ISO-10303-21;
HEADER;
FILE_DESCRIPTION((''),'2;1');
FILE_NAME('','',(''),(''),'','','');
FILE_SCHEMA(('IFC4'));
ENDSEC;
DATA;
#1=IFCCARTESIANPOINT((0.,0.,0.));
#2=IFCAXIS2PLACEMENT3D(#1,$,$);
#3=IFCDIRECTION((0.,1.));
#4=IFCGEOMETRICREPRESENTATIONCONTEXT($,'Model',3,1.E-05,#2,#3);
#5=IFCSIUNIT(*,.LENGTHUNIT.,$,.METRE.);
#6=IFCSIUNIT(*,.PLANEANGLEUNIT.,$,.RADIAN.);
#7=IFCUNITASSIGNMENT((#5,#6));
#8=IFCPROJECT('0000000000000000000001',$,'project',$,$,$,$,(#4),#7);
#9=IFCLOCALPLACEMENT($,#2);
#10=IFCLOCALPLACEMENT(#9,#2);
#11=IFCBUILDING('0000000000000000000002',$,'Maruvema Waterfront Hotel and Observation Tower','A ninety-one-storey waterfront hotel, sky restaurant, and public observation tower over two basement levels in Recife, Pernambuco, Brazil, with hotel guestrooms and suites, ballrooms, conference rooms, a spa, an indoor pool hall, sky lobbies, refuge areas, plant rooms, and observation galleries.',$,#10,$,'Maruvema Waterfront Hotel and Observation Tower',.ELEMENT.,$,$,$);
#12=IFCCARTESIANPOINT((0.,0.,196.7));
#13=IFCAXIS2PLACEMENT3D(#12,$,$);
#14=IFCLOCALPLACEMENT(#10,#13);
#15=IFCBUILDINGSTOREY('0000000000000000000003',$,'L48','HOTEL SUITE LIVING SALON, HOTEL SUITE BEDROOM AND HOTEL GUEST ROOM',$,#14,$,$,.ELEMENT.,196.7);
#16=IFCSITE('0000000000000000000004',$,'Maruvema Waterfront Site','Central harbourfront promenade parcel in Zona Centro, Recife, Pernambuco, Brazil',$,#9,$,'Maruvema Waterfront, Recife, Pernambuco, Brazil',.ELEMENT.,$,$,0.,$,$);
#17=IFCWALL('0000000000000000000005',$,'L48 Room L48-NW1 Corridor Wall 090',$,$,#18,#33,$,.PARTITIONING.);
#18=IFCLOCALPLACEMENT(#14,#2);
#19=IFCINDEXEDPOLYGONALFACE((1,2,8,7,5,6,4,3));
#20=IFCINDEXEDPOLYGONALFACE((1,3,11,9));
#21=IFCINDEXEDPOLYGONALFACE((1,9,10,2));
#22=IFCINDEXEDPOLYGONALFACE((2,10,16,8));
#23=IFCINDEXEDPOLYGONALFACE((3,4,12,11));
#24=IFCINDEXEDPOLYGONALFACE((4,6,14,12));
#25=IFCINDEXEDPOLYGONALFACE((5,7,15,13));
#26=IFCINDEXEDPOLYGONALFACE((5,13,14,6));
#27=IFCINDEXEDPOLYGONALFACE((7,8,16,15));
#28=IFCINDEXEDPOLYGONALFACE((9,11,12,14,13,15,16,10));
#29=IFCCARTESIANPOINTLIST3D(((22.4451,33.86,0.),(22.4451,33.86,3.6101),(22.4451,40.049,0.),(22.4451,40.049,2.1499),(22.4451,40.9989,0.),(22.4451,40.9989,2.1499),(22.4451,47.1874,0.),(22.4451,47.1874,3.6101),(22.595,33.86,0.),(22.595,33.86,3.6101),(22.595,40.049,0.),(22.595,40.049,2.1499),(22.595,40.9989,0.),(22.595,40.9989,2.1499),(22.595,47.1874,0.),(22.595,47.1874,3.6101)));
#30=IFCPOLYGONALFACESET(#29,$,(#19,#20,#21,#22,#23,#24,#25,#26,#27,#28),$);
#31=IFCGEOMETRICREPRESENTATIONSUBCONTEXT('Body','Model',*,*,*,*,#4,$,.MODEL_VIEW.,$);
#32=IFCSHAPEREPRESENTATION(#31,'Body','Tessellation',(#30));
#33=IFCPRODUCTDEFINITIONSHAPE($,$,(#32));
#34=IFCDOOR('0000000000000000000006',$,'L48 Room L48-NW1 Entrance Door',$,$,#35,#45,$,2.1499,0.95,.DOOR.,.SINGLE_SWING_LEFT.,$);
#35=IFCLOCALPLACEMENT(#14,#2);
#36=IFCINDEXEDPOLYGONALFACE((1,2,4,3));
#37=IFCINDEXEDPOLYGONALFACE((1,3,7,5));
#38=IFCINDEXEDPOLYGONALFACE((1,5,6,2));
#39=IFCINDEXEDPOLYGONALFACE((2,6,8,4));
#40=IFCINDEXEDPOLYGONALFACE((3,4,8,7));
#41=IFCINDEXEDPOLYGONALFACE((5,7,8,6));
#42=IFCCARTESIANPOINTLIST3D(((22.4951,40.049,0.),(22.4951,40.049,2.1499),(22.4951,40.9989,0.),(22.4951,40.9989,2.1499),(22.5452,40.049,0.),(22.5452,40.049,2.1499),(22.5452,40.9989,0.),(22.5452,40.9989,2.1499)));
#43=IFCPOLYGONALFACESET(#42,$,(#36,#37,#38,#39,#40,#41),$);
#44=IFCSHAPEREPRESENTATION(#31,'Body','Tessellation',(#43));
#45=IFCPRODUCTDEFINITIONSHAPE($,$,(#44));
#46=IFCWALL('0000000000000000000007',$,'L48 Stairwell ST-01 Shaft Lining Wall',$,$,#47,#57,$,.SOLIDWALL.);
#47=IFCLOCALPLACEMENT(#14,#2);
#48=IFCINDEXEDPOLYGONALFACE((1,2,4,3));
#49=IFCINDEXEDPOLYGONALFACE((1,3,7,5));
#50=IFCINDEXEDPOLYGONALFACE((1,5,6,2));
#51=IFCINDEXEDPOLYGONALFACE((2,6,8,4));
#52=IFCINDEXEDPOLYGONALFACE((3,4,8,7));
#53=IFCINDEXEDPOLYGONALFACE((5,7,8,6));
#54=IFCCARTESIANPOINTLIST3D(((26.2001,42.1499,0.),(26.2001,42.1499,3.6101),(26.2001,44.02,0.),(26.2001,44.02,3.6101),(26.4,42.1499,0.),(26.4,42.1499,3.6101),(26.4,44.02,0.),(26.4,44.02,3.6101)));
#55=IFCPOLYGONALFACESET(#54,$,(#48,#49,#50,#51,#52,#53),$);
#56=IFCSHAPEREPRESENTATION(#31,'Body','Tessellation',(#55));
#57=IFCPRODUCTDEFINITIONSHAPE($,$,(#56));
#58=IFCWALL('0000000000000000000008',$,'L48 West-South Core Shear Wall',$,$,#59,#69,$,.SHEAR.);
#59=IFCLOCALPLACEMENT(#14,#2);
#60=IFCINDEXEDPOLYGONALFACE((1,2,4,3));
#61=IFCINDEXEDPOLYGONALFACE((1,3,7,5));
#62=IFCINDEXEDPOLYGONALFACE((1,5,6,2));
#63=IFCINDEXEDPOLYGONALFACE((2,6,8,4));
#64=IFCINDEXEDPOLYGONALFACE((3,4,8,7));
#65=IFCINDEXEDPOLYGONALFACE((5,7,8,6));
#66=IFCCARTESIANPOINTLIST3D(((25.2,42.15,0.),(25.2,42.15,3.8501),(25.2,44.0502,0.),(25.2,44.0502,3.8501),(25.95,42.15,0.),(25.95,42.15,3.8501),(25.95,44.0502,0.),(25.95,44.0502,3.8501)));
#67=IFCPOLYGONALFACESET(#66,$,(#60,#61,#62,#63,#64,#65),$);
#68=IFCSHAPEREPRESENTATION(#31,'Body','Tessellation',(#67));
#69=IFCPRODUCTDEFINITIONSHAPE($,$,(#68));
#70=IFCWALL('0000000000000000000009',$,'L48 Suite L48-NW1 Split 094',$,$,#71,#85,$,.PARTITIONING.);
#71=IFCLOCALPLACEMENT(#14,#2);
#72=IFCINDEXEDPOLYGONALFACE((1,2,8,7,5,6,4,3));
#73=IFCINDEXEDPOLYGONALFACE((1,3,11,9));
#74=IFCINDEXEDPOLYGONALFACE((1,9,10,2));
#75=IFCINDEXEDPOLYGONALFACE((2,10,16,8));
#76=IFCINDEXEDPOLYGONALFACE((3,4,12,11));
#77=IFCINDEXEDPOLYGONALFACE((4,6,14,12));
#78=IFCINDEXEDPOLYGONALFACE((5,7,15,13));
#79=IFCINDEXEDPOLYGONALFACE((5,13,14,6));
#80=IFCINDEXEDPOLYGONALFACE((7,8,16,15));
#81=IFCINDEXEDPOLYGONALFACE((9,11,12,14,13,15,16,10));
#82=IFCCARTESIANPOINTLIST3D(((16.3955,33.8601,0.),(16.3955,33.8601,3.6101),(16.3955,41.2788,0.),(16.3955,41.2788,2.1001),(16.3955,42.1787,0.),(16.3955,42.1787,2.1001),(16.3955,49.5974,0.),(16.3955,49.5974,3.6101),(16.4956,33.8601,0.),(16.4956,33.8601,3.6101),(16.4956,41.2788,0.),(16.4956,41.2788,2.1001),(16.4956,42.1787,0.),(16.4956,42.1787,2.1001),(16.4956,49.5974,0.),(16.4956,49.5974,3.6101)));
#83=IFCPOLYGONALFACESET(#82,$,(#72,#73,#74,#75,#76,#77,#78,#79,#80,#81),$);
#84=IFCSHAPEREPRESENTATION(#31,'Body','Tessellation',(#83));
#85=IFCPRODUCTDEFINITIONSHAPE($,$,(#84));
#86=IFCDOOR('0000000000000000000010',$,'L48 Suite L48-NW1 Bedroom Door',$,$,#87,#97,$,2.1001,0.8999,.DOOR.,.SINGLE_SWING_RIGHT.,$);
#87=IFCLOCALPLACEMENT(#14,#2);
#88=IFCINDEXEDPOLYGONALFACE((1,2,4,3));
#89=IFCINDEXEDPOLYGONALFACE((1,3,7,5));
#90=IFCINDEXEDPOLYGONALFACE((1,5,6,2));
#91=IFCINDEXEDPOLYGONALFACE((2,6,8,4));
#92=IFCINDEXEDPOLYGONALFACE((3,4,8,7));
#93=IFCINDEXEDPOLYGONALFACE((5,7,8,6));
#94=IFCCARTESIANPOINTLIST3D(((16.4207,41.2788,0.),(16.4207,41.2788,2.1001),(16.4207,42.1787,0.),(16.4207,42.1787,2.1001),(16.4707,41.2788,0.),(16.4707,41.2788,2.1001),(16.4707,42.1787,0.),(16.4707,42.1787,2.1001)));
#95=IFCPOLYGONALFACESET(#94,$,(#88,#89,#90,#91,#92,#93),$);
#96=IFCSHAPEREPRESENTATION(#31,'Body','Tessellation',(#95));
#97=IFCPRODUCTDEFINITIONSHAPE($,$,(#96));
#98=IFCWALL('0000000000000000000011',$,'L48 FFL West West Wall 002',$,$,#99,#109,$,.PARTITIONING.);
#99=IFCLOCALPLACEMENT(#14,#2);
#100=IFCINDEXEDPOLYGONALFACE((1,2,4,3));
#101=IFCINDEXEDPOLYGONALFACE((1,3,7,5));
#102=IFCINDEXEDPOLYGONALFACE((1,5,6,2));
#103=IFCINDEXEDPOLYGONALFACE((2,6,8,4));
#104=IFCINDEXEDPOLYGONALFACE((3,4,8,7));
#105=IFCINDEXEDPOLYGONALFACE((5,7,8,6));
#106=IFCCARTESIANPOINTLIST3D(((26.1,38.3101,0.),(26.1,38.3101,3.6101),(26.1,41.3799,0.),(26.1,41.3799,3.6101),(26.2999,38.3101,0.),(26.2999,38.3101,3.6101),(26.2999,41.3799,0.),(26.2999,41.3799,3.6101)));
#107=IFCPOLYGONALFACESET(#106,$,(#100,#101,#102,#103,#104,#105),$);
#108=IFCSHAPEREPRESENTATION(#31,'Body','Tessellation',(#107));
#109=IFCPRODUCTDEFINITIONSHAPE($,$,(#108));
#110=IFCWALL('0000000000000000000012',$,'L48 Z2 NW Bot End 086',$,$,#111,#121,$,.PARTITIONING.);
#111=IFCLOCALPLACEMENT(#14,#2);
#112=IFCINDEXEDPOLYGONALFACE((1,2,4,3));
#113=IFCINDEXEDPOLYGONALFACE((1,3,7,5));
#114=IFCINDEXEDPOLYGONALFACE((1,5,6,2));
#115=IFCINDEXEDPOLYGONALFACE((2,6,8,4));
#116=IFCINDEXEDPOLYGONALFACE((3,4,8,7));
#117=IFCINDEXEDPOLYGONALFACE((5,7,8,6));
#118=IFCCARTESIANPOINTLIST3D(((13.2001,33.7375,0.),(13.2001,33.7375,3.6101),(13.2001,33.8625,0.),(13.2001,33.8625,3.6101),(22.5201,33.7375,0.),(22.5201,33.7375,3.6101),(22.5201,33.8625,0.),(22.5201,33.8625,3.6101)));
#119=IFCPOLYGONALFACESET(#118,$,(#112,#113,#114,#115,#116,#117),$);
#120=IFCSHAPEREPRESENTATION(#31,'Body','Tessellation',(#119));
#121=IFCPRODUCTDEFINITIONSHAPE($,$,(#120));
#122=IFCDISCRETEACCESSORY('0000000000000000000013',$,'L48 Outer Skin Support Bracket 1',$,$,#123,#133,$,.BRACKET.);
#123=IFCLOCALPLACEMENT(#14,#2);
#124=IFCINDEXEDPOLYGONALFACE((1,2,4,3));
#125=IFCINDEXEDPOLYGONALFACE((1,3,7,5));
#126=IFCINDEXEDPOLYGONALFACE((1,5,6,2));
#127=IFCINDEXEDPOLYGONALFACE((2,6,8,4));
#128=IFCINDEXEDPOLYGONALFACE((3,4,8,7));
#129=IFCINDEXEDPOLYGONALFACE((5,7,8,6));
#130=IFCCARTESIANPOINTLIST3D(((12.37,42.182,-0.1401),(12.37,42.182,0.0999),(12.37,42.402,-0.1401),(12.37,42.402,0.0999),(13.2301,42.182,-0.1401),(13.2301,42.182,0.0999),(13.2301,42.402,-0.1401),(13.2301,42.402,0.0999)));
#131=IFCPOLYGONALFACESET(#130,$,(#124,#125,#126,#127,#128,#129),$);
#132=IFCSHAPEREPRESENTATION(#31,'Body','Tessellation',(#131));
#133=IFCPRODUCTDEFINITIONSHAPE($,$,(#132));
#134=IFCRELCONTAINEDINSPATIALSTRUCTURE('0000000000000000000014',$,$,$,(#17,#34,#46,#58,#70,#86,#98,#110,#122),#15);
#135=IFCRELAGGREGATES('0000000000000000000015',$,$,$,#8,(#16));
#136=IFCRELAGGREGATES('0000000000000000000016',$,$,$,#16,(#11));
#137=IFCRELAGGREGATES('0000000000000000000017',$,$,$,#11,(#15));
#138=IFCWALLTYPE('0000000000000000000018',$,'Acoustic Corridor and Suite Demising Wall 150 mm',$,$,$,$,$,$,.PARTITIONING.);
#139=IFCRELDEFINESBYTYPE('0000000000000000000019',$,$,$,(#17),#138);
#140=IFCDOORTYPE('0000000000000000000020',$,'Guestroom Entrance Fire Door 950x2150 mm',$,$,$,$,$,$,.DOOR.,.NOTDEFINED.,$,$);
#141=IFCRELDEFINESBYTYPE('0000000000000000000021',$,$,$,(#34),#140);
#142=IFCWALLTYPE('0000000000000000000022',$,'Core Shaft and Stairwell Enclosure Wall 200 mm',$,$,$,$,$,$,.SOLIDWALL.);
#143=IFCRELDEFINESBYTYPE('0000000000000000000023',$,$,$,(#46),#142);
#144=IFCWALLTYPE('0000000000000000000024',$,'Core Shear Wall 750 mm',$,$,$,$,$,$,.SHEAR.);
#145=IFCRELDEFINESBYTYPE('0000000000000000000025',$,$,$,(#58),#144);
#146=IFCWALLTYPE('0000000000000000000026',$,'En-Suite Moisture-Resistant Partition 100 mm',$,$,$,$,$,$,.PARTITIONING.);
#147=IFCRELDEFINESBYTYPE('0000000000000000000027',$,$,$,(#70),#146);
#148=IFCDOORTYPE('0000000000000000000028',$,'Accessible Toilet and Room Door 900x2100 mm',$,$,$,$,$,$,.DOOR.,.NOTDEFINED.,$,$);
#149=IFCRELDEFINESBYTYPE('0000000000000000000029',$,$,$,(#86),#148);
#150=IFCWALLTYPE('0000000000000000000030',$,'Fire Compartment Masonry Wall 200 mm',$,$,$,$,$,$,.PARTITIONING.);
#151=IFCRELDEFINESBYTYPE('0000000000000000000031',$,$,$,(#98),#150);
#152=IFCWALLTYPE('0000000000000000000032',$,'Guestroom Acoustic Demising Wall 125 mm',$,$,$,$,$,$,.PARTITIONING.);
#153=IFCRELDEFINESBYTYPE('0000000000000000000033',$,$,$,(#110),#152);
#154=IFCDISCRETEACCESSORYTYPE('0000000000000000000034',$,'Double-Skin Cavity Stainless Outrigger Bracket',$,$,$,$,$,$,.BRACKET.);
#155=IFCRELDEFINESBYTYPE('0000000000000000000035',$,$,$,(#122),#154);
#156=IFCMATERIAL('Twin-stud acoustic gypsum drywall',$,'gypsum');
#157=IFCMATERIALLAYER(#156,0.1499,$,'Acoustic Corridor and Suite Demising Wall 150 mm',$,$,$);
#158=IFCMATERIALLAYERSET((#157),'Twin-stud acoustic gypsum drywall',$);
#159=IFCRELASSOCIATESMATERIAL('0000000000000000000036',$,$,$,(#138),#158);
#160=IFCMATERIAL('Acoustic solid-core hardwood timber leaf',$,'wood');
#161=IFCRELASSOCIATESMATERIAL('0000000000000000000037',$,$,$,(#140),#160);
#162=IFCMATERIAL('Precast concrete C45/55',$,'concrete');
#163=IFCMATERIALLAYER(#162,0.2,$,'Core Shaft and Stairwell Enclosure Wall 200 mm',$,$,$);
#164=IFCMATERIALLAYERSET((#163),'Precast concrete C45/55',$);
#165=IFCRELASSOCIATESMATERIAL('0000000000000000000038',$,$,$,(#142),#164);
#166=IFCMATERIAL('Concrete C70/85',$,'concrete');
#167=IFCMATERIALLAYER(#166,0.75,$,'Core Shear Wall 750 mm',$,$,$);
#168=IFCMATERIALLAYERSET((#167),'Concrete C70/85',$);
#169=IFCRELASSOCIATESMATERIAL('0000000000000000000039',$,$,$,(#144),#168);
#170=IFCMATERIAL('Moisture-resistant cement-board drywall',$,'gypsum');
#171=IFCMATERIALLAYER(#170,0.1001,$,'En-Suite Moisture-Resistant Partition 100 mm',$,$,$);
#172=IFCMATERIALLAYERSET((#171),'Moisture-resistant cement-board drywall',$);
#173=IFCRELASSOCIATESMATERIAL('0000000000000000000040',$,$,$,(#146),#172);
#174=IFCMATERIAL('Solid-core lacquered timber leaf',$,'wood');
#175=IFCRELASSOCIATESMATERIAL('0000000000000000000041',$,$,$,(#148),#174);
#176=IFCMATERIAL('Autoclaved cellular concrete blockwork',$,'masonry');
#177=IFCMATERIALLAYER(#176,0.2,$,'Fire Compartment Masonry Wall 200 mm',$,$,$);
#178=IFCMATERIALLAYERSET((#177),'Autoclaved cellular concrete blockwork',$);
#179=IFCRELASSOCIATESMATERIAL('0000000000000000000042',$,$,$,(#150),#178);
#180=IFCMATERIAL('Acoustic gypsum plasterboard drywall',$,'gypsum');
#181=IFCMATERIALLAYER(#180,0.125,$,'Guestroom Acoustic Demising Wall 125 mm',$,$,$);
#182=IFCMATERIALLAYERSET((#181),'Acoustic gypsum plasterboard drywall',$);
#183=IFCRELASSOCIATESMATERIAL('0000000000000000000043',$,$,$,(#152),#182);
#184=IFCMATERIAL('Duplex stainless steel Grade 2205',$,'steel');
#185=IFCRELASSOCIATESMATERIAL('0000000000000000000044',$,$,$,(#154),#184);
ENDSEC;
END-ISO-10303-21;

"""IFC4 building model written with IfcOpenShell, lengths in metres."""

from ifc_helpers import new_model, si_unit, direction, frame, frame_2d, origin, origin_2d, place, context, subcontext, project, spatial, rectangle, extrude, material, layer, layer_set, type_object, element, fill, save


model = new_model("IFC4")

# Units and contexts
model_context = context("Model", 3, precision=1e-05, world=origin(), true_north=direction((0.0, 1.0)))
body_context = subcontext(model_context, "Body", "Model", "MODEL_VIEW")
ifc_project = project(units=[si_unit("LENGTHUNIT", "METRE"), si_unit("PLANEANGLEUNIT", "RADIAN")], contexts=[model_context])

# Site, building, storey
site_placement = place(None, origin())
site = spatial("IfcSite", under=ifc_project, at=site_placement, Name="Maruvema Waterfront Site", Description="Central harbourfront promenade parcel in Zona Centro, Recife, Pernambuco, Brazil", LongName="Maruvema Waterfront, Recife, Pernambuco, Brazil", CompositionType="ELEMENT", RefElevation=0.0)
building_placement = place(site_placement, origin())
building = spatial("IfcBuilding", under=site, at=building_placement, Name="Maruvema Waterfront Hotel and Observation Tower", Description="A ninety-one-storey waterfront hotel, sky restaurant, and public observation tower over two basement levels in Recife, Pernambuco, Brazil, with hotel guestrooms and suites, ballrooms, conference rooms, a spa, an indoor pool hall, sky lobbies, refuge areas, plant rooms, and observation galleries.", LongName="Maruvema Waterfront Hotel and Observation Tower", CompositionType="ELEMENT")
storey_placement = place(building_placement, frame((0.0, 0.0, 196.7)))
storey = spatial("IfcBuildingStorey", under=building, at=storey_placement, Name="L48", Description="HOTEL SUITE LIVING SALON, HOTEL SUITE BEDROOM AND HOTEL GUEST ROOM", CompositionType="ELEMENT", Elevation=196.7)

# Wall, opening, door
ifc_material_1 = material(Name="Twin-stud acoustic gypsum drywall", Category="gypsum")
ifc_layer_1 = layer(ifc_material_1, 0.1499, Name="Acoustic Corridor and Suite Demising Wall 150 mm")
ifc_layer_set_1 = layer_set([ifc_layer_1], Name="Twin-stud acoustic gypsum drywall")
wall_type_1 = type_object("IfcWallType", Name="Acoustic Corridor and Suite Demising Wall 150 mm", PredefinedType="PARTITIONING", material=ifc_layer_set_1)
wall_1_placement = place(storey_placement, frame((22.52, 33.8601, 0.0), z_axis=(0.0, 0.0, 1.0), x_axis=(0.0, 1.0, 0.0)))
wall_1 = element("IfcWall", 1, at=wall_1_placement, inside=storey, type_object=wall_type_1, Name="L48 Room L48-NW1 Corridor Wall 090", PredefinedType="PARTITIONING", context=body_context, shape_type="SweptSolid", body=[
    extrude(rectangle(XDim=13.3274, YDim=0.1499, at=frame_2d((6.6636, 0.0))), origin(), (0.0, 0.0, 1.0), 3.6101),
])
opening_1_placement = place(wall_1_placement, frame((6.1887, 0.0, 0.0)))
opening_1 = element("IfcOpeningElement", 2, at=opening_1_placement, cuts=wall_1, PredefinedType="OPENING", context=body_context, shape_type="SweptSolid", body=[
    extrude(rectangle(XDim=0.95, YDim=2.1499, at=frame_2d((0.4751, 1.075))), frame((0.0, 0.085, 0.0), z_axis=(0.0, -1.0, 0.0), x_axis=(1.0, 0.0, 0.0)), (0.0, 0.0, 1.0), 0.1699),
])
ifc_material_2 = material(Name="Acoustic solid-core hardwood timber leaf", Category="wood")
door_type_1 = type_object("IfcDoorType", Name="Guestroom Entrance Fire Door 950x2150 mm", OperationType="NOTDEFINED", PredefinedType="DOOR", material=ifc_material_2)
door_1_placement = place(opening_1_placement, origin())
door_1 = element("IfcDoor", 3, at=door_1_placement, inside=storey, type_object=door_type_1, Name="L48 Room L48-NW1 Entrance Door", OperationType="SINGLE_SWING_LEFT", OverallHeight=2.1499, OverallWidth=0.95, PredefinedType="DOOR", context=body_context, shape_type="SweptSolid", body=[
    extrude(rectangle(XDim=0.95, YDim=2.1499, at=frame_2d((0.4751, 1.075))), frame((0.0, 0.0249, 0.0), z_axis=(0.0, -1.0, 0.0), x_axis=(1.0, 0.0, 0.0)), (0.0, 0.0, 1.0), 0.05),
])
fill(opening_1, door_1)

# Wall
ifc_material_3 = material(Name="Precast concrete C45/55", Category="concrete")
ifc_layer_2 = layer(ifc_material_3, 0.2, Name="Core Shaft and Stairwell Enclosure Wall 200 mm")
ifc_layer_set_2 = layer_set([ifc_layer_2], Name="Precast concrete C45/55")
wall_type_2 = type_object("IfcWallType", Name="Core Shaft and Stairwell Enclosure Wall 200 mm", PredefinedType="SOLIDWALL", material=ifc_layer_set_2)
wall_2_placement = place(storey_placement, frame((26.3, 42.1499, 0.0), z_axis=(0.0, 0.0, 1.0), x_axis=(0.0, 1.0, 0.0)))
element("IfcWall", 4, at=wall_2_placement, inside=storey, type_object=wall_type_2, Name="L48 Stairwell ST-01 Shaft Lining Wall", PredefinedType="SOLIDWALL", context=body_context, shape_type="SweptSolid", body=[
    extrude(rectangle(XDim=1.8701, YDim=0.2, at=frame_2d((0.9351, 0.0))), origin(), (0.0, 0.0, 1.0), 3.6101),
])

# Shared definitions
ifc_material_4 = material(Name="Concrete C70/85", Category="concrete")
ifc_layer_3 = layer(ifc_material_4, 0.75, Name="Core Shear Wall 750 mm")
ifc_layer_set_3 = layer_set([ifc_layer_3], Name="Concrete C70/85")
wall_type_3 = type_object("IfcWallType", Name="Core Shear Wall 750 mm", PredefinedType="SHEAR", material=ifc_layer_set_3)

# Wall
wall_3_placement = place(storey_placement, frame((25.575, 42.1499, 0.0), z_axis=(0.0, 0.0, 1.0), x_axis=(0.0, 1.0, 0.0)))
element("IfcWall", 5, at=wall_3_placement, inside=storey, type_object=wall_type_3, Name="L48 West-South Core Shear Wall", PredefinedType="SHEAR", context=body_context, shape_type="SweptSolid", body=[
    extrude(rectangle(XDim=1.9001, YDim=0.75, at=frame_2d((0.9502, 0.0))), origin(), (0.0, 0.0, 1.0), 3.8501),
])

# Wall, opening, door
ifc_material_5 = material(Name="Moisture-resistant cement-board drywall", Category="gypsum")
ifc_layer_4 = layer(ifc_material_5, 0.1001, Name="En-Suite Moisture-Resistant Partition 100 mm")
ifc_layer_set_4 = layer_set([ifc_layer_4], Name="Moisture-resistant cement-board drywall")
wall_type_4 = type_object("IfcWallType", Name="En-Suite Moisture-Resistant Partition 100 mm", PredefinedType="PARTITIONING", material=ifc_layer_set_4)
wall_4_placement = place(storey_placement, frame((16.4456, 33.8601, 0.0), z_axis=(0.0, 0.0, 1.0), x_axis=(0.0, 1.0, 0.0)))
wall_4 = element("IfcWall", 6, at=wall_4_placement, inside=storey, type_object=wall_type_4, Name="L48 Suite L48-NW1 Split 094", PredefinedType="PARTITIONING", context=body_context, shape_type="SweptSolid", body=[
    extrude(rectangle(XDim=15.7373, YDim=0.1001, at=frame_2d((7.8687, 0.0))), origin(), (0.0, 0.0, 1.0), 3.6101),
])
opening_2_placement = place(wall_4_placement, frame((7.4187, 0.0, 0.0)))
opening_2 = element("IfcOpeningElement", 7, at=opening_2_placement, cuts=wall_4, PredefinedType="OPENING", context=body_context, shape_type="SweptSolid", body=[
    extrude(rectangle(XDim=0.8999, YDim=2.1001, at=frame_2d((0.45, 1.05))), frame((0.0, 0.0601, 0.0), z_axis=(0.0, -1.0, 0.0), x_axis=(1.0, 0.0, 0.0)), (0.0, 0.0, 1.0), 0.1201),
])
ifc_material_6 = material(Name="Solid-core lacquered timber leaf", Category="wood")
door_type_2 = type_object("IfcDoorType", Name="Accessible Toilet and Room Door 900x2100 mm", OperationType="NOTDEFINED", PredefinedType="DOOR", material=ifc_material_6)
door_2_placement = place(opening_2_placement, origin())
door_2 = element("IfcDoor", 8, at=door_2_placement, inside=storey, type_object=door_type_2, Name="L48 Suite L48-NW1 Bedroom Door", OperationType="SINGLE_SWING_RIGHT", OverallHeight=2.1001, OverallWidth=0.8999, PredefinedType="DOOR", context=body_context, shape_type="SweptSolid", body=[
    extrude(rectangle(XDim=0.8999, YDim=2.1001, at=frame_2d((0.45, 1.05))), frame((0.0, 0.0249, 0.0), z_axis=(0.0, -1.0, 0.0), x_axis=(1.0, 0.0, 0.0)), (0.0, 0.0, 1.0), 0.05),
])
fill(opening_2, door_2)
ifc_material_7 = material(Name="Autoclaved cellular concrete blockwork", Category="masonry")
ifc_layer_5 = layer(ifc_material_7, 0.2, Name="Fire Compartment Masonry Wall 200 mm")
ifc_layer_set_5 = layer_set([ifc_layer_5], Name="Autoclaved cellular concrete blockwork")
wall_type_5 = type_object("IfcWallType", Name="Fire Compartment Masonry Wall 200 mm", PredefinedType="PARTITIONING", material=ifc_layer_set_5)

# Walls
wall_5_placement = place(storey_placement, frame((26.2, 38.3101, 0.0), z_axis=(0.0, 0.0, 1.0), x_axis=(0.0, 1.0, 0.0)))
element("IfcWall", 9, at=wall_5_placement, inside=storey, type_object=wall_type_5, Name="L48 FFL West West Wall 002", PredefinedType="PARTITIONING", context=body_context, shape_type="SweptSolid", body=[
    extrude(rectangle(XDim=3.0698, YDim=0.2, at=frame_2d((1.5349, 0.0))), origin(), (0.0, 0.0, 1.0), 3.6101),
])
ifc_material_8 = material(Name="Acoustic gypsum plasterboard drywall", Category="gypsum")
ifc_layer_6 = layer(ifc_material_8, 0.125, Name="Guestroom Acoustic Demising Wall 125 mm")
ifc_layer_set_6 = layer_set([ifc_layer_6], Name="Acoustic gypsum plasterboard drywall")
wall_type_6 = type_object("IfcWallType", Name="Guestroom Acoustic Demising Wall 125 mm", PredefinedType="PARTITIONING", material=ifc_layer_set_6)
wall_6_placement = place(storey_placement, frame((13.2, 33.8, 0.0), z_axis=(0.0, 0.0, 1.0), x_axis=(1.0, 0.0, 0.0)))
element("IfcWall", 10, at=wall_6_placement, inside=storey, type_object=wall_type_6, Name="L48 Z2 NW Bot End 086", PredefinedType="PARTITIONING", context=body_context, shape_type="SweptSolid", body=[
    extrude(rectangle(XDim=9.3201, YDim=0.125, at=frame_2d((4.6602, 0.0))), origin(), (0.0, 0.0, 1.0), 3.6101),
])

# Discrete accessory
ifc_material_9 = material(Name="Duplex stainless steel Grade 2205", Category="steel")
discrete_accessory_type = type_object("IfcDiscreteAccessoryType", Name="Double-Skin Cavity Stainless Outrigger Bracket", PredefinedType="BRACKET", material=ifc_material_9)
discrete_accessory_placement = place(storey_placement, frame((12.8, 42.292, -0.1401), z_axis=(0.0, 0.0, 1.0), x_axis=(0.0, -1.0, 0.0)))
element("IfcDiscreteAccessory", 11, at=discrete_accessory_placement, inside=storey, type_object=discrete_accessory_type, Name="L48 Outer Skin Support Bracket 1", PredefinedType="BRACKET", context=body_context, shape_type="SweptSolid", body=[
    extrude(rectangle(XDim=0.22, YDim=0.8601, at=origin_2d()), origin(), (0.0, 0.0, 1.0), 0.24),
])

save(model, "model.ifc")
